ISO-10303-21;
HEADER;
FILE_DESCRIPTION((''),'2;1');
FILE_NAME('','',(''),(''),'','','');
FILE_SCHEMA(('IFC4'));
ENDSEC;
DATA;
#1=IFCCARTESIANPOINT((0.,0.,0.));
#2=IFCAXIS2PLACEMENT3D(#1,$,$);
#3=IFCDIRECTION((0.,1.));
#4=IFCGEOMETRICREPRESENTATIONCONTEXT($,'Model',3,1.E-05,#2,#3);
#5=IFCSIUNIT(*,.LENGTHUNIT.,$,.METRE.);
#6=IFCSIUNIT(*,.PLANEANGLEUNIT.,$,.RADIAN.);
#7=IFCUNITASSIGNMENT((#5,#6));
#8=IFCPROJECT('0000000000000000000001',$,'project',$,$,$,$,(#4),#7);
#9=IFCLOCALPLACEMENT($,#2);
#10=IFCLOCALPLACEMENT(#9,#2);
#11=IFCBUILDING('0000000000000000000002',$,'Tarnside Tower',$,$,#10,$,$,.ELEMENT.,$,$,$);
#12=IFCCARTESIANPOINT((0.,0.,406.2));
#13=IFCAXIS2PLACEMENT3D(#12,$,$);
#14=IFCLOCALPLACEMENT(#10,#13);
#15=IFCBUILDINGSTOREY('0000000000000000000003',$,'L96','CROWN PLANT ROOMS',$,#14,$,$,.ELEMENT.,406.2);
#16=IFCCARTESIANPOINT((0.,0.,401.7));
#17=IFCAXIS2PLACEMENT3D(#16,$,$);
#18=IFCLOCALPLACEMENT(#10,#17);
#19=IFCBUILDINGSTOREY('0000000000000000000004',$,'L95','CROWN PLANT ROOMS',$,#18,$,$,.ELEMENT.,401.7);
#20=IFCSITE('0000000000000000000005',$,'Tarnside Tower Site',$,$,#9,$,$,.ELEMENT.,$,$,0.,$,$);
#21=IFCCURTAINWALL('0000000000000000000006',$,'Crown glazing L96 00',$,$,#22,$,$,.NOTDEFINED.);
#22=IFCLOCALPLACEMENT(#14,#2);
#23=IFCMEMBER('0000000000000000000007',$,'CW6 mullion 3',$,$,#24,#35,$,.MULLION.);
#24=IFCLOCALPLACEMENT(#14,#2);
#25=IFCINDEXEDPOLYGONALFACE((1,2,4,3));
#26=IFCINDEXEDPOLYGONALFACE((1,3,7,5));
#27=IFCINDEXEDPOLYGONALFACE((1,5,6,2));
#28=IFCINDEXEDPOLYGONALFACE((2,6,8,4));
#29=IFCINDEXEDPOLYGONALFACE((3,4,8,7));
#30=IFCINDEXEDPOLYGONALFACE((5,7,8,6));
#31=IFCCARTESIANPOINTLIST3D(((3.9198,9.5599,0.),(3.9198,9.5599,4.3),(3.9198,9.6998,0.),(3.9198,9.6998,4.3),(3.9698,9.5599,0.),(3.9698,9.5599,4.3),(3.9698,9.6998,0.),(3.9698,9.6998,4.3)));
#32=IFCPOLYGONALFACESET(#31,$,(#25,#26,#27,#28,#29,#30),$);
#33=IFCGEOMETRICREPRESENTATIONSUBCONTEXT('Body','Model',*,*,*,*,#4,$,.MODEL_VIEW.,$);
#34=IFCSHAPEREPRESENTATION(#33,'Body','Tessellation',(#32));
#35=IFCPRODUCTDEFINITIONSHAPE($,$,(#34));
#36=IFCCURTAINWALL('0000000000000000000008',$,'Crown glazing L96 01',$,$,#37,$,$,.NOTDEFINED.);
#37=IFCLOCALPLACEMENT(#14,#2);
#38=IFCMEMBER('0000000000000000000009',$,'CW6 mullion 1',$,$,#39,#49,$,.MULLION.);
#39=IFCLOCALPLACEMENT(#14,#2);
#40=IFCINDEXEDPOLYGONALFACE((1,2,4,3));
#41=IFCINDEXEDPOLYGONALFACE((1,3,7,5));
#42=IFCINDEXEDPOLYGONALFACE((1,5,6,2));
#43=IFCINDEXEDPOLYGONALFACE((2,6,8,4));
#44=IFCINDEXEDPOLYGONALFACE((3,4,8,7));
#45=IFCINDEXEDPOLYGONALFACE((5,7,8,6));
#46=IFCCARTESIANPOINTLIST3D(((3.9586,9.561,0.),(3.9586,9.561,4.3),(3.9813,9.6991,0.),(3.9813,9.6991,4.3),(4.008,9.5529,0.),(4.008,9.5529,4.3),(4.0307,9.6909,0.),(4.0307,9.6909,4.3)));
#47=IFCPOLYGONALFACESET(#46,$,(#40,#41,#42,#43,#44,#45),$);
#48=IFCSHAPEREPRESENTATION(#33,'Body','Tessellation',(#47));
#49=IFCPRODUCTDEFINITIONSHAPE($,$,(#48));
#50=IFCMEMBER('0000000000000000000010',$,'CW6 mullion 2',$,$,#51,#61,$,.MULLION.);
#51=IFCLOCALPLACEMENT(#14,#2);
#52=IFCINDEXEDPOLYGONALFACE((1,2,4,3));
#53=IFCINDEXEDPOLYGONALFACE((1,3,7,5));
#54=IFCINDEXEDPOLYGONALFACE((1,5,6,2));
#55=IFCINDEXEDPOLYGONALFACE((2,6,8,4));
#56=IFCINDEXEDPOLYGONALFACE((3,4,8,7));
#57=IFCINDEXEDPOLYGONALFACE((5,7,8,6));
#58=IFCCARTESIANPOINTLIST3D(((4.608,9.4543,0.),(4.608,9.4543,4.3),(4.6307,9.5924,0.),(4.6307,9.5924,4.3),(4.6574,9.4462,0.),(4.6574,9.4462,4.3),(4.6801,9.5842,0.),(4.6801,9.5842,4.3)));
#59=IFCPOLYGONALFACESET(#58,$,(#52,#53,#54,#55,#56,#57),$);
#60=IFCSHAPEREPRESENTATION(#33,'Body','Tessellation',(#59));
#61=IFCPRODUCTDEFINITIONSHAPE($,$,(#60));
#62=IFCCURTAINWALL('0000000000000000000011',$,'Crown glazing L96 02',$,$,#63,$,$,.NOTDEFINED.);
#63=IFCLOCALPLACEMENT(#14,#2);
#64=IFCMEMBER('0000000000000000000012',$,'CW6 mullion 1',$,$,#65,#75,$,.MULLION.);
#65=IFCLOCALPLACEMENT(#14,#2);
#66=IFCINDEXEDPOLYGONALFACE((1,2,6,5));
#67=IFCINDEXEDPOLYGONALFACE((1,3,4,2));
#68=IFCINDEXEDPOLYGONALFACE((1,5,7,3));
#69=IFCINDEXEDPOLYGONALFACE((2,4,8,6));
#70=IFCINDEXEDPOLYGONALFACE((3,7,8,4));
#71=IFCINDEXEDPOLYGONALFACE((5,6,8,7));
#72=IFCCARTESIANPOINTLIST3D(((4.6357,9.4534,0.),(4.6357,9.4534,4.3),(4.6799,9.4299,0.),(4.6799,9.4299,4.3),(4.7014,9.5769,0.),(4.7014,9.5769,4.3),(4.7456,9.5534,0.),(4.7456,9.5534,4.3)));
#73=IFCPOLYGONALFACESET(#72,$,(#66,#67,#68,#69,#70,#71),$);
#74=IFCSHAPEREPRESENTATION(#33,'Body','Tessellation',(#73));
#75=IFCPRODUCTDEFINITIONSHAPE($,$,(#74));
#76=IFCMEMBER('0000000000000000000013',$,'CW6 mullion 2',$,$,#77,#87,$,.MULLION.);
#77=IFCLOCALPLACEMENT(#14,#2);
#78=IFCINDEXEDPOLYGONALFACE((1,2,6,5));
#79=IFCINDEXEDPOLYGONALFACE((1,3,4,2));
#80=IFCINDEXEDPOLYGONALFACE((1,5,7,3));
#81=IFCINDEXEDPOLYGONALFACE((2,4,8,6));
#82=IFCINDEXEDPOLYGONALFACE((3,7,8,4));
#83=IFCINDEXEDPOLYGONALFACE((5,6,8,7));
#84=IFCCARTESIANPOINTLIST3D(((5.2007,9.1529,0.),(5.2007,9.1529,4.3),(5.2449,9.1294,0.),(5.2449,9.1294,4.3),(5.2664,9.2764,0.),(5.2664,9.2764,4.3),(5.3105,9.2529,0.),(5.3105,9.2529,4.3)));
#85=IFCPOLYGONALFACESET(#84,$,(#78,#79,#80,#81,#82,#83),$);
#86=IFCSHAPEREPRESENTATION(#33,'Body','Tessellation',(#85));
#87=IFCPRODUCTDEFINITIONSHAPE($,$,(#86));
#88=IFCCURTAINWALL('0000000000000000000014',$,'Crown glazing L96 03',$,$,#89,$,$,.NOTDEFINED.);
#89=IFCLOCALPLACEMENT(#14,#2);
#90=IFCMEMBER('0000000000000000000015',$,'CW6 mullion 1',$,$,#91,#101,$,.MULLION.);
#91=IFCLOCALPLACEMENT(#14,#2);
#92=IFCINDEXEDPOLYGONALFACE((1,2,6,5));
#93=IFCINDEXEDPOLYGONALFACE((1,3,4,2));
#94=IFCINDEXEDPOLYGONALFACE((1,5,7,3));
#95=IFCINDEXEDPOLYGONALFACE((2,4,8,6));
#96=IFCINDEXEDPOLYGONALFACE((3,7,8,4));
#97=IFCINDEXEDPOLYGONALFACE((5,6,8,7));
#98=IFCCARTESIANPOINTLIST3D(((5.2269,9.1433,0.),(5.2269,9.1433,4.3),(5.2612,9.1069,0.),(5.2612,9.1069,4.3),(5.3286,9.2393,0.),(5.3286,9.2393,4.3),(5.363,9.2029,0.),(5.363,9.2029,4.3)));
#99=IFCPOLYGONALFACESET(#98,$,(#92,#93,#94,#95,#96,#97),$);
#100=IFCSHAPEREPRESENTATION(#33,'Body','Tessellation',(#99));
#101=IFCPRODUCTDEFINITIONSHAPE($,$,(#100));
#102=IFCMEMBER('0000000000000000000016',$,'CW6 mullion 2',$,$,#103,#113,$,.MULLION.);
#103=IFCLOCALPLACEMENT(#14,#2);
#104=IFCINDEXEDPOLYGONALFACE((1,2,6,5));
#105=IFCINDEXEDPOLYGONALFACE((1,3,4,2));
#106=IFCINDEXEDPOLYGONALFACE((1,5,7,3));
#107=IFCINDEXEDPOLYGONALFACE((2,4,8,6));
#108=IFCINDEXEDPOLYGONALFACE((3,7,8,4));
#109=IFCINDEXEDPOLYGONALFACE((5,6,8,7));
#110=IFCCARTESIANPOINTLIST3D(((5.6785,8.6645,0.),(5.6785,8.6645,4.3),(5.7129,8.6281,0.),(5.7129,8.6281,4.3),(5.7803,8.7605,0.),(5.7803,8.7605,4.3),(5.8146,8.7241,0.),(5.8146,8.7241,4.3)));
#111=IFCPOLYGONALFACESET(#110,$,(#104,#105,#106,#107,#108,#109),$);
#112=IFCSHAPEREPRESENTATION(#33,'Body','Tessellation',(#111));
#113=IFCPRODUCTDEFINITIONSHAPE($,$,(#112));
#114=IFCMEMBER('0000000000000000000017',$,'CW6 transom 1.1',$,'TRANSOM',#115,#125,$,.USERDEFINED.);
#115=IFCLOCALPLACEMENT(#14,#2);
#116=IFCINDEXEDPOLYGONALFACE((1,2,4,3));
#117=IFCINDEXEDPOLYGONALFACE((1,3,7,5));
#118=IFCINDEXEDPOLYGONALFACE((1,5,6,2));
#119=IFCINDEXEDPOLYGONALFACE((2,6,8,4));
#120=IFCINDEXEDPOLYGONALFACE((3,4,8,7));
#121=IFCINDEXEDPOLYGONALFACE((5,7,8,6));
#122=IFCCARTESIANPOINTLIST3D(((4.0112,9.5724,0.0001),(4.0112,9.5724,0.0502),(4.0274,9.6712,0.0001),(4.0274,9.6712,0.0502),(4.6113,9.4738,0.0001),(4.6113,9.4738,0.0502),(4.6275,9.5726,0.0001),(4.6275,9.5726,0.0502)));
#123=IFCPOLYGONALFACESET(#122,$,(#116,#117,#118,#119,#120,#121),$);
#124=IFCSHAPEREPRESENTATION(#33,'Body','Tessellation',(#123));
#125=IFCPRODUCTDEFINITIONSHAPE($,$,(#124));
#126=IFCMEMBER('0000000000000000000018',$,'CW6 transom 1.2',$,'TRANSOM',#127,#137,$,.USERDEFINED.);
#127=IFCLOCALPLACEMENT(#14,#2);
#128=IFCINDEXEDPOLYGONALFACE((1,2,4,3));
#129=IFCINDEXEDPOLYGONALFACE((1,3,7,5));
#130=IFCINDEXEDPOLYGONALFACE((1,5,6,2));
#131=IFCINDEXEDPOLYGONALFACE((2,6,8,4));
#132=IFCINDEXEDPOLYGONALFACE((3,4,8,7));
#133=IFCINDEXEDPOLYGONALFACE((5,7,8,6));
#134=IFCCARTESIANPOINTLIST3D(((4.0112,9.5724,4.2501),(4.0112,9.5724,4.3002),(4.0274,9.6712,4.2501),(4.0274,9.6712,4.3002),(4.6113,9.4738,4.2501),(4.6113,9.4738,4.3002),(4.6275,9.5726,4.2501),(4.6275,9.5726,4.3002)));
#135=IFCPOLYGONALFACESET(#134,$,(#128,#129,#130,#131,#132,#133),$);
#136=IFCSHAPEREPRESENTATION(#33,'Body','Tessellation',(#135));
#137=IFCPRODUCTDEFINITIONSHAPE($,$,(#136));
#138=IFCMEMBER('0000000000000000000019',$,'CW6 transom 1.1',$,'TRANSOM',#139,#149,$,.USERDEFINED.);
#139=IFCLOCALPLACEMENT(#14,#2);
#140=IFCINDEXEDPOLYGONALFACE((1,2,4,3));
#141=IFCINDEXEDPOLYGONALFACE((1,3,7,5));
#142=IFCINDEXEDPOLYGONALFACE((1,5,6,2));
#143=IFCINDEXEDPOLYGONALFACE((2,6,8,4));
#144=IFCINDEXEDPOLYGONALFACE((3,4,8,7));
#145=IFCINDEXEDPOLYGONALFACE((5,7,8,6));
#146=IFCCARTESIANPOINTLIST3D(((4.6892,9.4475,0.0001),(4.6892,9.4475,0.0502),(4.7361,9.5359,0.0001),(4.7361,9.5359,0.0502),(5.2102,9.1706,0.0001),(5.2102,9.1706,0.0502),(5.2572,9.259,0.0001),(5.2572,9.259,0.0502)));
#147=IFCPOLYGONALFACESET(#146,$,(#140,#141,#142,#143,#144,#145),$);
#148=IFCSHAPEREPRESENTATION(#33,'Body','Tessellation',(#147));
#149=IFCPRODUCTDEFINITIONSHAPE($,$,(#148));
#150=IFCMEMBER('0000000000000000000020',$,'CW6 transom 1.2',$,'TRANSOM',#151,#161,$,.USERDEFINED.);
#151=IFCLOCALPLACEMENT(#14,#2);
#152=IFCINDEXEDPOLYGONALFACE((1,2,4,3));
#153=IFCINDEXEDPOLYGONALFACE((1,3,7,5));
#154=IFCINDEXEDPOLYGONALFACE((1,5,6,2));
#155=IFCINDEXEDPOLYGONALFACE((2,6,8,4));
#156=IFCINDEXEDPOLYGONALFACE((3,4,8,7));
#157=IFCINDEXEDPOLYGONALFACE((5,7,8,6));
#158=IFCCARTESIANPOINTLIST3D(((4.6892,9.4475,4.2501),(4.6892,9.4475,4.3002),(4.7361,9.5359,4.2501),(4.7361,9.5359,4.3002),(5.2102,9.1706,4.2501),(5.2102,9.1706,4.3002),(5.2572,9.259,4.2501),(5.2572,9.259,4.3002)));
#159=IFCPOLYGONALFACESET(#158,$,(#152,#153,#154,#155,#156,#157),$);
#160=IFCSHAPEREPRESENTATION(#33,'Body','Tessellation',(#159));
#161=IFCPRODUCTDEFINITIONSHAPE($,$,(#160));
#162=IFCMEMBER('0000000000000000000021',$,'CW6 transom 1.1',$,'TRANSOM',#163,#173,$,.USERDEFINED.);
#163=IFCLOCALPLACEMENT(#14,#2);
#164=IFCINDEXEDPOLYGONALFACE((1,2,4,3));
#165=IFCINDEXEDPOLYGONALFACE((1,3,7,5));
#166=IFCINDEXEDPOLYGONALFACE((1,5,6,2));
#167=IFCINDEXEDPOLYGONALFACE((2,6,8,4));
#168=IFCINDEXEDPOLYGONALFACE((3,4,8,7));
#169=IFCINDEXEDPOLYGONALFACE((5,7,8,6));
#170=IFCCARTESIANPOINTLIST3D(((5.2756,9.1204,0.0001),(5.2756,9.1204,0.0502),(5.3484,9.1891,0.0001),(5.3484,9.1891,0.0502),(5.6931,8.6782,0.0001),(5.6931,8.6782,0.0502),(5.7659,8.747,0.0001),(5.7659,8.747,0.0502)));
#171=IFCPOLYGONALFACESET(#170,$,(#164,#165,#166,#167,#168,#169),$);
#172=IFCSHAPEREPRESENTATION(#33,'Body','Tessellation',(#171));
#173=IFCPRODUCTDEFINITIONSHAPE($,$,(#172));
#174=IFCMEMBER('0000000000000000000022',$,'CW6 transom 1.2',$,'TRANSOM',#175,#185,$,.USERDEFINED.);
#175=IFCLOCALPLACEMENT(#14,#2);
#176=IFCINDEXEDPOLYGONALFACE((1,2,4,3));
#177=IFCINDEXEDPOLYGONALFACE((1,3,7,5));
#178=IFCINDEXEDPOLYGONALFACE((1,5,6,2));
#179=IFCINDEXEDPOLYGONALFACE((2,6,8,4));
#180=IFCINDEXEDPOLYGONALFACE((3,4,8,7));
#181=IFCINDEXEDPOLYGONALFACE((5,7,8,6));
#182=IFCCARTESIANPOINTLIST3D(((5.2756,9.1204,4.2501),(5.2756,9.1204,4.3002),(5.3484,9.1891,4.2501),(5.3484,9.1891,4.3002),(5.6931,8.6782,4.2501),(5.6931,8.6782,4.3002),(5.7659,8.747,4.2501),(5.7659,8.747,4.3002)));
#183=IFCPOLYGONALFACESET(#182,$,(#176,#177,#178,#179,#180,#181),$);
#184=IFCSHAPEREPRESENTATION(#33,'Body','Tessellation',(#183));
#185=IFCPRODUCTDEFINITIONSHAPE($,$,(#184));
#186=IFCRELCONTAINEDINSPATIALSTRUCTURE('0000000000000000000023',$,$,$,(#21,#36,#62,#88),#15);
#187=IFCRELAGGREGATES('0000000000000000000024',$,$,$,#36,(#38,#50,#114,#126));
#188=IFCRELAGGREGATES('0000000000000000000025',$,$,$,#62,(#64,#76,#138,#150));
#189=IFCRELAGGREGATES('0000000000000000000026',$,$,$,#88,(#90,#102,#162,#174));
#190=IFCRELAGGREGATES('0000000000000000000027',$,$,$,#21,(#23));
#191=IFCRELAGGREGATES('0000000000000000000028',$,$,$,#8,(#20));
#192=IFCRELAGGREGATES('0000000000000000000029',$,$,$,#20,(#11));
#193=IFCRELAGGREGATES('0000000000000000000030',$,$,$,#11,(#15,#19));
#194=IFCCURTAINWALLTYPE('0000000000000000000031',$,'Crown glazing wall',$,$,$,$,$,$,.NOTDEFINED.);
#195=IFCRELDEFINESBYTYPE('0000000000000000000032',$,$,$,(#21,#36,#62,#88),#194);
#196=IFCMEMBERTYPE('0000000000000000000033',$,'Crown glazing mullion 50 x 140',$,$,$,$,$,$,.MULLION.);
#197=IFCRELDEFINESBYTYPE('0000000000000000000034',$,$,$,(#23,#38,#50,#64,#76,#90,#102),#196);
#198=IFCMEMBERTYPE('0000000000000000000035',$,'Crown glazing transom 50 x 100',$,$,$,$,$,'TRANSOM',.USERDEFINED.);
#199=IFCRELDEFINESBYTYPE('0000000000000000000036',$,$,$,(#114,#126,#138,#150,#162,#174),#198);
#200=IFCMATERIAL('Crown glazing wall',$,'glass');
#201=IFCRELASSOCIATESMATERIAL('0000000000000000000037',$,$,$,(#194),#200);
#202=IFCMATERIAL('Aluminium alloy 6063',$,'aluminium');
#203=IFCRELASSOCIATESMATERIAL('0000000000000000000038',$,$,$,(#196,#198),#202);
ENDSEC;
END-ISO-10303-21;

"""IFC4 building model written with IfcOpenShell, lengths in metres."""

from ifc_helpers import new_model, si_unit, direction, frame, origin, origin_2d, place, context, subcontext, project, spatial, rectangle, extrude, material, material_profile, profile_set, type_object, element, aggregate, save


model = new_model("IFC4")

# Units and contexts
model_context = context("Model", 3, precision=1e-05, world=origin(), true_north=direction((0.0, 1.0)))
body_context = subcontext(model_context, "Body", "Model", "MODEL_VIEW")
ifc_project = project(units=[si_unit("LENGTHUNIT", "METRE"), si_unit("PLANEANGLEUNIT", "RADIAN")], contexts=[model_context])

# Site, building, storey
site_placement = place(None, origin())
site = spatial("IfcSite", under=ifc_project, at=site_placement, Name="Tarnside Tower Site", CompositionType="ELEMENT", RefElevation=0.0)
building_placement = place(site_placement, origin())
building = spatial("IfcBuilding", under=site, at=building_placement, Name="Tarnside Tower", CompositionType="ELEMENT")
storey_1_placement = place(building_placement, frame((0.0, 0.0, 406.2)))
storey_1 = spatial("IfcBuildingStorey", under=building, at=storey_1_placement, Name="L96", Description="CROWN PLANT ROOMS", CompositionType="ELEMENT", Elevation=406.2)

# Curtain wall, member
ifc_material_1 = material(Name="Crown glazing wall", Category="glass")
curtain_wall_type = type_object("IfcCurtainWallType", Name="Crown glazing wall", PredefinedType="NOTDEFINED", material=ifc_material_1)
curtain_wall_1_placement = place(storey_1_placement, origin())
curtain_wall_1 = element("IfcCurtainWall", 1, at=curtain_wall_1_placement, inside=storey_1, type_object=curtain_wall_type, Name="Crown glazing L96 00", PredefinedType="NOTDEFINED")
ifc_material_2 = material(Name="Aluminium alloy 6063", Category="aluminium")
ifc_material_profile_1 = material_profile(ifc_material_2, rectangle(XDim=0.1399, YDim=0.05, at=origin_2d()), Name="Crown glazing mullion 50 x 140")
ifc_profile_set_1 = profile_set([ifc_material_profile_1], Name="Aluminium alloy 6063")
member_type_1 = type_object("IfcMemberType", Name="Crown glazing mullion 50 x 140", PredefinedType="MULLION", material=ifc_profile_set_1)
member_1_placement = place(storey_1_placement, frame((3.9448, 9.6299, 0.0), z_axis=(0.0, 0.0, 1.0), x_axis=(0.0, 1.0, 0.0)))
member_1 = element("IfcMember", 2, at=member_1_placement, type_object=member_type_1, Name="CW6 mullion 3", PredefinedType="MULLION", context=body_context, shape_type="SweptSolid", body=[
    extrude(rectangle(XDim=0.1399, YDim=0.05, at=origin_2d()), origin(), (0.0, 0.0, 1.0), 4.3),
])

# Curtain walls, members
curtain_wall_2_placement = place(storey_1_placement, origin())
curtain_wall_2 = element("IfcCurtainWall", 3, at=curtain_wall_2_placement, inside=storey_1, type_object=curtain_wall_type, Name="Crown glazing L96 01", PredefinedType="NOTDEFINED")
member_2_placement = place(storey_1_placement, frame((3.9946, 9.626, 0.0), z_axis=(0.0, 0.0, 1.0), x_axis=(0.162178, 0.986762, 0.0)))
member_2 = element("IfcMember", 4, at=member_2_placement, type_object=member_type_1, Name="CW6 mullion 1", PredefinedType="MULLION", context=body_context, shape_type="SweptSolid", body=[
    extrude(rectangle(XDim=0.1399, YDim=0.05, at=origin_2d()), origin(), (0.0, 0.0, 1.0), 4.3),
])
member_3_placement = place(storey_1_placement, frame((4.644, 9.5193, 0.0), z_axis=(0.0, 0.0, 1.0), x_axis=(0.162178, 0.986762, 0.0)))
member_3 = element("IfcMember", 5, at=member_3_placement, type_object=member_type_1, Name="CW6 mullion 2", PredefinedType="MULLION", context=body_context, shape_type="SweptSolid", body=[
    extrude(rectangle(XDim=0.1399, YDim=0.05, at=origin_2d()), origin(), (0.0, 0.0, 1.0), 4.3),
])
curtain_wall_3_placement = place(storey_1_placement, origin())
curtain_wall_3 = element("IfcCurtainWall", 6, at=curtain_wall_3_placement, inside=storey_1, type_object=curtain_wall_type, Name="Crown glazing L96 02", PredefinedType="NOTDEFINED")
member_4_placement = place(storey_1_placement, frame((4.6907, 9.5034, 0.0), z_axis=(0.0, 0.0, 1.0), x_axis=(0.469472, 0.882948, 0.0)))
member_4 = element("IfcMember", 7, at=member_4_placement, type_object=member_type_1, Name="CW6 mullion 1", PredefinedType="MULLION", context=body_context, shape_type="SweptSolid", body=[
    extrude(rectangle(XDim=0.1399, YDim=0.05, at=origin_2d()), origin(), (0.0, 0.0, 1.0), 4.3),
])
member_5_placement = place(storey_1_placement, frame((5.2556, 9.2029, 0.0), z_axis=(0.0, 0.0, 1.0), x_axis=(0.469472, 0.882948, 0.0)))
member_5 = element("IfcMember", 8, at=member_5_placement, type_object=member_type_1, Name="CW6 mullion 2", PredefinedType="MULLION", context=body_context, shape_type="SweptSolid", body=[
    extrude(rectangle(XDim=0.1399, YDim=0.05, at=origin_2d()), origin(), (0.0, 0.0, 1.0), 4.3),
])
curtain_wall_4_placement = place(storey_1_placement, origin())
curtain_wall_4 = element("IfcCurtainWall", 9, at=curtain_wall_4_placement, inside=storey_1, type_object=curtain_wall_type, Name="Crown glazing L96 03", PredefinedType="NOTDEFINED")
member_6_placement = place(storey_1_placement, frame((5.2949, 9.1731, 0.0), z_axis=(0.0, 0.0, 1.0), x_axis=(0.727374, 0.686242, 0.0)))
member_6 = element("IfcMember", 10, at=member_6_placement, type_object=member_type_1, Name="CW6 mullion 1", PredefinedType="MULLION", context=body_context, shape_type="SweptSolid", body=[
    extrude(rectangle(XDim=0.1399, YDim=0.05, at=origin_2d()), origin(), (0.0, 0.0, 1.0), 4.3),
])
member_7_placement = place(storey_1_placement, frame((5.7466, 8.6943, 0.0), z_axis=(0.0, 0.0, 1.0), x_axis=(0.727374, 0.686242, 0.0)))
member_7 = element("IfcMember", 11, at=member_7_placement, type_object=member_type_1, Name="CW6 mullion 2", PredefinedType="MULLION", context=body_context, shape_type="SweptSolid", body=[
    extrude(rectangle(XDim=0.1399, YDim=0.05, at=origin_2d()), origin(), (0.0, 0.0, 1.0), 4.3),
])

# Members
ifc_material_profile_2 = material_profile(ifc_material_2, rectangle(XDim=0.1001, YDim=0.05, at=origin_2d()), Name="Crown glazing transom 50 x 100")
ifc_profile_set_2 = profile_set([ifc_material_profile_2], Name="Aluminium alloy 6063")
member_type_2 = type_object("IfcMemberType", Name="Crown glazing transom 50 x 100", ElementType="TRANSOM", PredefinedType="USERDEFINED", material=ifc_profile_set_2)
member_8_placement = place(storey_1_placement, frame((4.0193, 9.6218, 0.0251), z_axis=(0.98676, -0.162185, 0.0), x_axis=(0.162185, 0.98676, 0.0)))
member_8 = element("IfcMember", 12, at=member_8_placement, type_object=member_type_2, Name="CW6 transom 1.1", ObjectType="TRANSOM", PredefinedType="USERDEFINED", context=body_context, shape_type="SweptSolid", body=[
    extrude(rectangle(XDim=0.1001, YDim=0.05, at=origin_2d()), origin(), (0.0, 0.0, 1.0), 0.6082),
])
member_9_placement = place(storey_1_placement, frame((4.0193, 9.6218, 4.2751), z_axis=(0.98676, -0.162185, 0.0), x_axis=(0.162185, 0.98676, 0.0)))
member_9 = element("IfcMember", 13, at=member_9_placement, type_object=member_type_2, Name="CW6 transom 1.2", ObjectType="TRANSOM", PredefinedType="USERDEFINED", context=body_context, shape_type="SweptSolid", body=[
    extrude(rectangle(XDim=0.1001, YDim=0.05, at=origin_2d()), origin(), (0.0, 0.0, 1.0), 0.6082),
])
member_10_placement = place(storey_1_placement, frame((4.7126, 9.4917, 0.0251), z_axis=(0.883062, -0.469256, 0.0), x_axis=(0.469256, 0.883062, 0.0)))
member_10 = element("IfcMember", 14, at=member_10_placement, type_object=member_type_2, Name="CW6 transom 1.1", ObjectType="TRANSOM", PredefinedType="USERDEFINED", context=body_context, shape_type="SweptSolid", body=[
    extrude(rectangle(XDim=0.1001, YDim=0.05, at=origin_2d()), origin(), (0.0, 0.0, 1.0), 0.5901),
])
member_11_placement = place(storey_1_placement, frame((4.7126, 9.4917, 4.2751), z_axis=(0.883062, -0.469256, 0.0), x_axis=(0.469256, 0.883062, 0.0)))
member_11 = element("IfcMember", 15, at=member_11_placement, type_object=member_type_2, Name="CW6 transom 1.2", ObjectType="TRANSOM", PredefinedType="USERDEFINED", context=body_context, shape_type="SweptSolid", body=[
    extrude(rectangle(XDim=0.1001, YDim=0.05, at=origin_2d()), origin(), (0.0, 0.0, 1.0), 0.5901),
])
member_12_placement = place(storey_1_placement, frame((5.312, 9.1548, 0.0251), z_axis=(0.686541, -0.727091, 0.0), x_axis=(0.727091, 0.686541, 0.0)))
member_12 = element("IfcMember", 16, at=member_12_placement, type_object=member_type_2, Name="CW6 transom 1.1", ObjectType="TRANSOM", PredefinedType="USERDEFINED", context=body_context, shape_type="SweptSolid", body=[
    extrude(rectangle(XDim=0.1001, YDim=0.05, at=origin_2d()), origin(), (0.0, 0.0, 1.0), 0.6082),
])
member_13_placement = place(storey_1_placement, frame((5.312, 9.1548, 4.2751), z_axis=(0.686541, -0.727091, 0.0), x_axis=(0.727091, 0.686541, 0.0)))
member_13 = element("IfcMember", 17, at=member_13_placement, type_object=member_type_2, Name="CW6 transom 1.2", ObjectType="TRANSOM", PredefinedType="USERDEFINED", context=body_context, shape_type="SweptSolid", body=[
    extrude(rectangle(XDim=0.1001, YDim=0.05, at=origin_2d()), origin(), (0.0, 0.0, 1.0), 0.6082),
])

aggregate(curtain_wall_2, [member_2, member_3, member_8, member_9])
aggregate(curtain_wall_3, [member_4, member_5, member_10, member_11])
aggregate(curtain_wall_4, [member_6, member_7, member_12, member_13])
aggregate(curtain_wall_1, [member_1])

# Shared definitions
storey_2_placement = place(building_placement, frame((0.0, 0.0, 401.7)))
storey_2 = spatial("IfcBuildingStorey", under=building, at=storey_2_placement, Name="L95", Description="CROWN PLANT ROOMS", CompositionType="ELEMENT", Elevation=401.7)

save(model, "model.ifc")
